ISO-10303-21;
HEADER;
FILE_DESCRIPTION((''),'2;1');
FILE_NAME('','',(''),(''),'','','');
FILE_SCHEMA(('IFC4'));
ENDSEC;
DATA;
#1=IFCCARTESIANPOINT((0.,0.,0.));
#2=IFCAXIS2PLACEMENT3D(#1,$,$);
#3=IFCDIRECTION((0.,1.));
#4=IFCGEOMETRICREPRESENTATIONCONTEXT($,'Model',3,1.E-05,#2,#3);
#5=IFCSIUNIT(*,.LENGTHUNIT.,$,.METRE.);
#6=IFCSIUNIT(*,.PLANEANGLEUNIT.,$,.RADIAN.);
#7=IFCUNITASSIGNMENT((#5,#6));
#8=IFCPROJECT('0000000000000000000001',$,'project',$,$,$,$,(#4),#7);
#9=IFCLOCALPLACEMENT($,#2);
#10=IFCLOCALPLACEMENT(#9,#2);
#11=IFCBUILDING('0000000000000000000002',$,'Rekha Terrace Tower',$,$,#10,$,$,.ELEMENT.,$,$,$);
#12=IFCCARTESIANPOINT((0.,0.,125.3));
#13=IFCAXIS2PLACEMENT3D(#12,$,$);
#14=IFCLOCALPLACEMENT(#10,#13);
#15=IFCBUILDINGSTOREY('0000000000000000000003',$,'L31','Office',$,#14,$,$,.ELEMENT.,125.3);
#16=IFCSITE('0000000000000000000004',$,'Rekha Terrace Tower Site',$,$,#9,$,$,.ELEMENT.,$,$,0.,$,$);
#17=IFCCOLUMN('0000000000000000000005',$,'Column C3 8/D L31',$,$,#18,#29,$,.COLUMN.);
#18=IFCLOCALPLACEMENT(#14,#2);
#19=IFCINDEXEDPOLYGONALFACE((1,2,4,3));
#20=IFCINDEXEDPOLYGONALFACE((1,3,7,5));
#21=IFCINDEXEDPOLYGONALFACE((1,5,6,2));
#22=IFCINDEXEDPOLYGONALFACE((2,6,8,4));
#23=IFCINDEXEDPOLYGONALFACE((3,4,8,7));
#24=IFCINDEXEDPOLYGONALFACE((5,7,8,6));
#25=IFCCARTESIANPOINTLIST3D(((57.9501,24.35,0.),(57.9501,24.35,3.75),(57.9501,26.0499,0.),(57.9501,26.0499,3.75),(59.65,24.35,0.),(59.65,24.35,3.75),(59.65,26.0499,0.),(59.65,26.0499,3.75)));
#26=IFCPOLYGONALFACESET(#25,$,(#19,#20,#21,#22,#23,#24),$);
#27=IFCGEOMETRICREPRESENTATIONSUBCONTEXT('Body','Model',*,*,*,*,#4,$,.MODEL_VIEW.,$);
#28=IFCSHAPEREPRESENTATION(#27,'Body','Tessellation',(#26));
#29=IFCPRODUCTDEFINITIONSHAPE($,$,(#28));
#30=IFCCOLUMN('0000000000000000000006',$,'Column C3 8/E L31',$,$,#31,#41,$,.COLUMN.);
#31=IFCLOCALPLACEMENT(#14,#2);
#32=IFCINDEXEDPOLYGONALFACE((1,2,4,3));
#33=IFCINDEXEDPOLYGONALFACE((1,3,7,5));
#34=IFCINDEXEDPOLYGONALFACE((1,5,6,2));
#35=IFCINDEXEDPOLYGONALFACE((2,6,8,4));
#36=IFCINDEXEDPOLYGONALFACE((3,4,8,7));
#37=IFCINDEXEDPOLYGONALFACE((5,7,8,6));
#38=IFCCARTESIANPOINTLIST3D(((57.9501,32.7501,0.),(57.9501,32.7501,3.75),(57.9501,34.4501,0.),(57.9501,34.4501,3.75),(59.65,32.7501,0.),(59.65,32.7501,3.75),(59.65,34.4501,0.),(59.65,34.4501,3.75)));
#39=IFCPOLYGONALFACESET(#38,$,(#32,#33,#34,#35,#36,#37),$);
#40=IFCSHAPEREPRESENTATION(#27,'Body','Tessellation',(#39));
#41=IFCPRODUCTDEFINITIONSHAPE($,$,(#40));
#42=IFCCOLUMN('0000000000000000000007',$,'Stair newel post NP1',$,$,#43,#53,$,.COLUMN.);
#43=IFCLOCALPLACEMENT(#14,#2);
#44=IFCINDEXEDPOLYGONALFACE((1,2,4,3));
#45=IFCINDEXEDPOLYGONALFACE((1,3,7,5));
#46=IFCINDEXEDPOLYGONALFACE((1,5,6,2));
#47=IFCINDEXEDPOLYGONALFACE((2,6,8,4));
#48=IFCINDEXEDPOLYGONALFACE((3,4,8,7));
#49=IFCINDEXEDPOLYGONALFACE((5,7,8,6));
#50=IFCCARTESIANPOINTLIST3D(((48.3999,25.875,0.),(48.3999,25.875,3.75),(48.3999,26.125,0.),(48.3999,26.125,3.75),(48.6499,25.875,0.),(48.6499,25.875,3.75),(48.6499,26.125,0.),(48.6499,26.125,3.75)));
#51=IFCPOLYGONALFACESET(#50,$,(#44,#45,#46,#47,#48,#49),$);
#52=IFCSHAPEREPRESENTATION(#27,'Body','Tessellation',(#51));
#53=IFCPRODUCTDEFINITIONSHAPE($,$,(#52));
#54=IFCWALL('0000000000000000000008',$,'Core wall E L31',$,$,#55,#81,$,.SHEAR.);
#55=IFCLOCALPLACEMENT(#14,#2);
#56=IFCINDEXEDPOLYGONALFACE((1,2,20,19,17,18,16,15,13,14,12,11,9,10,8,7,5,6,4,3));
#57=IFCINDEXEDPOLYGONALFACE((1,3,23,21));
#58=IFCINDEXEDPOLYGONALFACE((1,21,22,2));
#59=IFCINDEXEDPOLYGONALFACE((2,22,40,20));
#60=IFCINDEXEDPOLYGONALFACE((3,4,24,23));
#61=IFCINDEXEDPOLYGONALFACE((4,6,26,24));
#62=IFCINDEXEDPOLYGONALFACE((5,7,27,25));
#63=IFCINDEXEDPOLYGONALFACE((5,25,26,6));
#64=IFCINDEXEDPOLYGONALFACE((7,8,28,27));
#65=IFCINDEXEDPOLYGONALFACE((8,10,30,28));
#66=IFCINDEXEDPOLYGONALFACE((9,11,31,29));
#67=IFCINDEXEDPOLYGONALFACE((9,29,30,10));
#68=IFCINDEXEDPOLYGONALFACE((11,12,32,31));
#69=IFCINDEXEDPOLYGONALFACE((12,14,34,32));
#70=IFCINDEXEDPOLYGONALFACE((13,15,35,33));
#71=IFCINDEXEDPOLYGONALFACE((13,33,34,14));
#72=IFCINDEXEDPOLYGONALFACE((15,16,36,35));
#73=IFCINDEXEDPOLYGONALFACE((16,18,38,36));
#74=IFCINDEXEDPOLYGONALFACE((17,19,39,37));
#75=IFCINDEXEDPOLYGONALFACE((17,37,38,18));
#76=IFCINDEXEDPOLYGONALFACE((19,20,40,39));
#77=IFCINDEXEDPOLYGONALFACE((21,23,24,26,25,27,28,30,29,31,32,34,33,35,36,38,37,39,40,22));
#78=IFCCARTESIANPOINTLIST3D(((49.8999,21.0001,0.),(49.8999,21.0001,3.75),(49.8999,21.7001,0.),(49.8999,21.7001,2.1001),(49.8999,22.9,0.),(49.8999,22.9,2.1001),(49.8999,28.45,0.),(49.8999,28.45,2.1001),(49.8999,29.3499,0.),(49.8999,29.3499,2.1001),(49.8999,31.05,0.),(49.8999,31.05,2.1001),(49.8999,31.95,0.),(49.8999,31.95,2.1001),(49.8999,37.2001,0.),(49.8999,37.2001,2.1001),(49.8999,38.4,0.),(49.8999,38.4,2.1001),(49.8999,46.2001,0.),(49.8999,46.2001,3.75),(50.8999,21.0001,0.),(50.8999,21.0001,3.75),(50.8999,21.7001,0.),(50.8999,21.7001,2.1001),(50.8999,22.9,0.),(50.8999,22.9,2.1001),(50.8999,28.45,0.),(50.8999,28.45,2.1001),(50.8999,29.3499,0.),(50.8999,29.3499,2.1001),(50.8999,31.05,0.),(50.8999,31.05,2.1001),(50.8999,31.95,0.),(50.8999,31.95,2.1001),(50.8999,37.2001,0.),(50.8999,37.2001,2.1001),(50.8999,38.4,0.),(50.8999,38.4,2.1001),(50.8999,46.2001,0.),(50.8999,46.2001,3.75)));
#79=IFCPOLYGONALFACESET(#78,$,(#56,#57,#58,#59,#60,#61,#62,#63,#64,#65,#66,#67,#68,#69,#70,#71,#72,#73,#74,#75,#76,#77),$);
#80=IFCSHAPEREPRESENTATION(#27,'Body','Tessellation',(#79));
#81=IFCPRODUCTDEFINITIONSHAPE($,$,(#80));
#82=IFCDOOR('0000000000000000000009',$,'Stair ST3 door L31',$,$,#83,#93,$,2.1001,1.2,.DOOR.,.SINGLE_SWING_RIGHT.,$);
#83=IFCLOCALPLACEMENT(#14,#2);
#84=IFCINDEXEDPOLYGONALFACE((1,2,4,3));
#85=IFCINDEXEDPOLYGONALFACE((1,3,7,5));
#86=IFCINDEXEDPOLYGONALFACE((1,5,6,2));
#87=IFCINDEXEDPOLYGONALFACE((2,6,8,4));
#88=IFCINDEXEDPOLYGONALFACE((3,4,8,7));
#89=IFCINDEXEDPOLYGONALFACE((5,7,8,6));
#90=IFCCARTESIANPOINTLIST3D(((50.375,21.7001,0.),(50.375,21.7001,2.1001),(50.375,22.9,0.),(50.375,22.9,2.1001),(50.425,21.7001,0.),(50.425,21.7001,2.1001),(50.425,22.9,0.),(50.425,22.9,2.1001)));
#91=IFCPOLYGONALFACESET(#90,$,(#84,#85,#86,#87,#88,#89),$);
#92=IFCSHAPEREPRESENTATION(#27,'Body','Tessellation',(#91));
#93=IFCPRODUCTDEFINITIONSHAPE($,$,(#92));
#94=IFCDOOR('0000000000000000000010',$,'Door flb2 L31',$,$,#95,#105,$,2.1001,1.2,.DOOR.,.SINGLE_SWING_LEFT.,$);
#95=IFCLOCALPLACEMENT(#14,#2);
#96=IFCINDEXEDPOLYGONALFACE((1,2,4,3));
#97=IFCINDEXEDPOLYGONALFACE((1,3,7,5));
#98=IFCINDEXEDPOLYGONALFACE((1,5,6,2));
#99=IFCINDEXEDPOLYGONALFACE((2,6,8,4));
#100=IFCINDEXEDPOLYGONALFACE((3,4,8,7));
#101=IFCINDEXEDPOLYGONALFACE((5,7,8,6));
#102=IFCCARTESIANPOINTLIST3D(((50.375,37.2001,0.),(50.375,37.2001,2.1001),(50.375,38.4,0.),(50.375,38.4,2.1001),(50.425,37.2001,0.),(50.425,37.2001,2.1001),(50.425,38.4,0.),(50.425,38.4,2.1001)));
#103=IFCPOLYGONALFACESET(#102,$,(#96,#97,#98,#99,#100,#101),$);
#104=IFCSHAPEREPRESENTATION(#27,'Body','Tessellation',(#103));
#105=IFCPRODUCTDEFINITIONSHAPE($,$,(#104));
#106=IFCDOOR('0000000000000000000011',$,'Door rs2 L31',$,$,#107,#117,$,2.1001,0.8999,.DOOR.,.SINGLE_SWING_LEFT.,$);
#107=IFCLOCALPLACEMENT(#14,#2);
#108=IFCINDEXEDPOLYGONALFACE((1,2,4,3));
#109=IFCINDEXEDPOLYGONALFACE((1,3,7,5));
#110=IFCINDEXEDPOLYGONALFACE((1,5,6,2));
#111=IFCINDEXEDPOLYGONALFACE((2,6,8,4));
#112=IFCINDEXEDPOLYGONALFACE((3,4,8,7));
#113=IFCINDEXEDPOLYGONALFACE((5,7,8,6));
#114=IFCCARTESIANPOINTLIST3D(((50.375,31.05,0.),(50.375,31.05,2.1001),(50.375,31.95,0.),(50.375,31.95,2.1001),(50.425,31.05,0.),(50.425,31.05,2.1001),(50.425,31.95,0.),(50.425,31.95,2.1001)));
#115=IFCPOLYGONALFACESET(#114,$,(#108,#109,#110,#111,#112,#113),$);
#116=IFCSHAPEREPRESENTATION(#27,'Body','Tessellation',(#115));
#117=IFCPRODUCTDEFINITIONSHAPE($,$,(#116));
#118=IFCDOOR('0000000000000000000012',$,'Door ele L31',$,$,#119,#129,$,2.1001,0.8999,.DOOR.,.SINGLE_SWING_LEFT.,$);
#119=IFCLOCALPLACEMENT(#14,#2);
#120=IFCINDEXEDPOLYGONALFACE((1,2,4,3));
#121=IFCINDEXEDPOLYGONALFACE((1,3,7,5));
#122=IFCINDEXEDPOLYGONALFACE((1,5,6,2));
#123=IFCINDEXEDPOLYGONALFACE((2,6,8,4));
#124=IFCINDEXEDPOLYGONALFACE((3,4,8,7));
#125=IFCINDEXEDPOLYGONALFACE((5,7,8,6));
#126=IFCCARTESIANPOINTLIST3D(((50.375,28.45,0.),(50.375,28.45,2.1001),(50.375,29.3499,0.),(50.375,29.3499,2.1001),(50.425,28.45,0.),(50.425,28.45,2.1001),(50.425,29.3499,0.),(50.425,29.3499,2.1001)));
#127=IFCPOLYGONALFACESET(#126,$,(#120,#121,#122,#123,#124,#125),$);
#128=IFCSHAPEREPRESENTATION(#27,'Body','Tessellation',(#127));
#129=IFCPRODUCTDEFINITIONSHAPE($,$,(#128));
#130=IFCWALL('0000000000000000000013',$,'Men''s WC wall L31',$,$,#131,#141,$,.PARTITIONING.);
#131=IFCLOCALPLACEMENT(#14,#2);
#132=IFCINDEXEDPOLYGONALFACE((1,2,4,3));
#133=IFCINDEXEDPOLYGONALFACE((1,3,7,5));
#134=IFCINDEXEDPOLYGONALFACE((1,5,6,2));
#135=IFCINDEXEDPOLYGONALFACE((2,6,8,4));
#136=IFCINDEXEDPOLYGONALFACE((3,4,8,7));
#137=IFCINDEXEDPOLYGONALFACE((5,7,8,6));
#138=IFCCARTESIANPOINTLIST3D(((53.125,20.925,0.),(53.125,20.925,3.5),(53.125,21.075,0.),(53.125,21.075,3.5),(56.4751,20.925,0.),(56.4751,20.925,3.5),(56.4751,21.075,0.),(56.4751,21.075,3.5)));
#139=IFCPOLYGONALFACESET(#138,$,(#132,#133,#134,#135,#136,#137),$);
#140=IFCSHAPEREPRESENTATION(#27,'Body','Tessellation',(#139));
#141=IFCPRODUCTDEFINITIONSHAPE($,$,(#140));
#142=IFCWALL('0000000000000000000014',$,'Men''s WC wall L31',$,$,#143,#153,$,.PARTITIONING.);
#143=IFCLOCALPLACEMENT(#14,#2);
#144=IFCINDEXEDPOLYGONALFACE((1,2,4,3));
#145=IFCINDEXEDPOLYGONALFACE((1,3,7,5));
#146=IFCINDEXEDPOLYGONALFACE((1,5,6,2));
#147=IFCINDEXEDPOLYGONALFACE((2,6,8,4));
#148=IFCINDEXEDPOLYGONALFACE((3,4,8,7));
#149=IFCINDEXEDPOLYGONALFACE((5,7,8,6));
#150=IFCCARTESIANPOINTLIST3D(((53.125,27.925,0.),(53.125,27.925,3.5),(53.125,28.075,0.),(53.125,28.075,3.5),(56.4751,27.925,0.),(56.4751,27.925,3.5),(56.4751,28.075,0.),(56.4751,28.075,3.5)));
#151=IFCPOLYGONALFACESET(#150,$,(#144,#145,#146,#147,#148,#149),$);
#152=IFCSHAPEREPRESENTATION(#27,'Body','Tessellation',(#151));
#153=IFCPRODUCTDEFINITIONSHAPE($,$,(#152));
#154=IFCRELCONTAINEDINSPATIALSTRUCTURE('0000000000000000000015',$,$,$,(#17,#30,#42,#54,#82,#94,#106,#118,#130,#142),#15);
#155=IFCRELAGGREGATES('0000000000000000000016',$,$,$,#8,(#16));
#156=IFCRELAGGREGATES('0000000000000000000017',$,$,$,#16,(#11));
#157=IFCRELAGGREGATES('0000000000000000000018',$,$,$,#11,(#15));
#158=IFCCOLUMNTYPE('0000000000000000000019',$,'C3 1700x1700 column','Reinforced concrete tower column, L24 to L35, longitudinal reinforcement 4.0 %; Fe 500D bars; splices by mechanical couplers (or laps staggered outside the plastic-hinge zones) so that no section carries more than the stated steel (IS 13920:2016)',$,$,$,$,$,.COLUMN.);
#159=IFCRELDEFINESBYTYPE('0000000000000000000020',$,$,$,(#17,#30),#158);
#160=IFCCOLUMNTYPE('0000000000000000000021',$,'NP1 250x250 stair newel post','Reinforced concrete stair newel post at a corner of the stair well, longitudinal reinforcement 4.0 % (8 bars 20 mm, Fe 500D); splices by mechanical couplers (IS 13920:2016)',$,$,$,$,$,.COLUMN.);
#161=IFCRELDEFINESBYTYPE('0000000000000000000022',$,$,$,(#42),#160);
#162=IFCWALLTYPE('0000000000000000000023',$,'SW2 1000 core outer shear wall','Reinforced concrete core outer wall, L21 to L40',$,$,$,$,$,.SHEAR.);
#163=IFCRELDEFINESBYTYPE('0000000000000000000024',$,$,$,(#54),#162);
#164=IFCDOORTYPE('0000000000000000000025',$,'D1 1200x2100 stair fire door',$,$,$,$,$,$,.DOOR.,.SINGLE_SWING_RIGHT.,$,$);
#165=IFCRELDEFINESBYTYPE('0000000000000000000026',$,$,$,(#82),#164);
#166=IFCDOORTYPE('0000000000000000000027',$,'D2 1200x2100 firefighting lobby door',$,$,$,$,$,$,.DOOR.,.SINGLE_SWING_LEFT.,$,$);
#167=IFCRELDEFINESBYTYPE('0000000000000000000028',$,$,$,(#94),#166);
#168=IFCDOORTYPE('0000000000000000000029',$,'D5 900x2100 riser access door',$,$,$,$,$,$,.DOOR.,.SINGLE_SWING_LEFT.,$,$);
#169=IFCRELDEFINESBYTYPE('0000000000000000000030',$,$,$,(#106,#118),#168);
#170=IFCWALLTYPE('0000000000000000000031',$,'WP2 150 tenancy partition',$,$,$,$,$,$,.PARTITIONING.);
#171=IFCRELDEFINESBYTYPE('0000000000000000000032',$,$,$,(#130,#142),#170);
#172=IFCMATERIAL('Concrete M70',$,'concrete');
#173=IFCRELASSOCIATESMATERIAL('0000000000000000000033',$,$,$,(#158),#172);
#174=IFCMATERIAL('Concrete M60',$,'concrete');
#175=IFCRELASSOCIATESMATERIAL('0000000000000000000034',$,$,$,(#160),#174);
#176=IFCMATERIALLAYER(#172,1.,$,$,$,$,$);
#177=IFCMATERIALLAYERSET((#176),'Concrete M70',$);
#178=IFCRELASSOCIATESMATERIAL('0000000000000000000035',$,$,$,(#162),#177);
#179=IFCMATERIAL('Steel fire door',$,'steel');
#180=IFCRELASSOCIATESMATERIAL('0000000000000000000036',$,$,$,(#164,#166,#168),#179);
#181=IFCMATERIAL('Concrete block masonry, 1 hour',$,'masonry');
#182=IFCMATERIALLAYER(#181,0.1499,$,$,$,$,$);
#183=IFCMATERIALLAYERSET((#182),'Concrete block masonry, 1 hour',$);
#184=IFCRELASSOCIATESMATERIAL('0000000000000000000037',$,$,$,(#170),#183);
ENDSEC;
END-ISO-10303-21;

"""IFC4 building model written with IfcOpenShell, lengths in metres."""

from ifc_helpers import new_model, si_unit, direction, frame, frame_2d, origin, origin_2d, place, context, subcontext, project, spatial, rectangle, extrude, material, layer, layer_set, material_profile, profile_set, type_object, element, fill, save


model = new_model("IFC4")

# Units and contexts
model_context = context("Model", 3, precision=1e-05, world=origin(), true_north=direction((0.0, 1.0)))
body_context = subcontext(model_context, "Body", "Model", "MODEL_VIEW")
ifc_project = project(units=[si_unit("LENGTHUNIT", "METRE"), si_unit("PLANEANGLEUNIT", "RADIAN")], contexts=[model_context])

# Site, building, storey
site_placement = place(None, origin())
site = spatial("IfcSite", under=ifc_project, at=site_placement, Name="Rekha Terrace Tower Site", CompositionType="ELEMENT", RefElevation=0.0)
building_placement = place(site_placement, origin())
building = spatial("IfcBuilding", under=site, at=building_placement, Name="Rekha Terrace Tower", CompositionType="ELEMENT")
storey_placement = place(building_placement, frame((0.0, 0.0, 125.3)))
storey = spatial("IfcBuildingStorey", under=building, at=storey_placement, Name="L31", Description="Office", CompositionType="ELEMENT", Elevation=125.3)

# Columns
ifc_material_1 = material(Name="Concrete M70", Category="concrete")
ifc_material_profile_1 = material_profile(ifc_material_1, rectangle(XDim=1.7, YDim=1.7, at=origin_2d()), Name="RC 1700x1700")
ifc_profile_set_1 = profile_set([ifc_material_profile_1], Name="Concrete M70")
column_type_1 = type_object("IfcColumnType", Name="C3 1700x1700 column", Description="Reinforced concrete tower column, L24 to L35, longitudinal reinforcement 4.0 %; Fe 500D bars; splices by mechanical couplers (or laps staggered outside the plastic-hinge zones) so that no section carries more than the stated steel (IS 13920:2016)", PredefinedType="COLUMN", material=ifc_profile_set_1)
for number, where, z_axis, x_axis, name in (
    (1, (58.8, 25.2, 0.0), (0.0, 0.0, 1.0), (1.0, 0.0, 0.0), "Column C3 8/D L31"),
    (2, (58.8, 33.6001, 0.0), (0.0, 0.0, 1.0), (1.0, 0.0, 0.0), "Column C3 8/E L31"),
):
    element("IfcColumn", number, at=place(storey_placement, frame(where, z_axis=z_axis, x_axis=x_axis)), inside=storey, type_object=column_type_1, Name=name, PredefinedType="COLUMN", context=body_context, shape_type="SweptSolid", body=[
        extrude(rectangle(XDim=1.7, YDim=1.7, at=origin_2d()), origin(), (0.0, 0.0, 1.0), 3.75),
    ])
ifc_material_2 = material(Name="Concrete M60", Category="concrete")
ifc_material_profile_2 = material_profile(ifc_material_2, rectangle(XDim=0.25, YDim=0.25, at=origin_2d()), Name="RC 250x250")
ifc_profile_set_2 = profile_set([ifc_material_profile_2], Name="Concrete M60")
column_type_2 = type_object("IfcColumnType", Name="NP1 250x250 stair newel post", Description="Reinforced concrete stair newel post at a corner of the stair well, longitudinal reinforcement 4.0 % (8 bars 20 mm, Fe 500D); splices by mechanical couplers (IS 13920:2016)", PredefinedType="COLUMN", material=ifc_profile_set_2)
column_placement = place(storey_placement, frame((48.5249, 26.0, 0.0), z_axis=(0.0, 0.0, 1.0), x_axis=(1.0, 0.0, 0.0)))
element("IfcColumn", 3, at=column_placement, inside=storey, type_object=column_type_2, Name="Stair newel post NP1", PredefinedType="COLUMN", context=body_context, shape_type="SweptSolid", body=[
    extrude(rectangle(XDim=0.25, YDim=0.25, at=origin_2d()), origin(), (0.0, 0.0, 1.0), 3.75),
])

# Wall, openings, doors
ifc_layer_1 = layer(ifc_material_1, 1.0)
ifc_layer_set_1 = layer_set([ifc_layer_1], Name="Concrete M70")
wall_type_1 = type_object("IfcWallType", Name="SW2 1000 core outer shear wall", Description="Reinforced concrete core outer wall, L21 to L40", PredefinedType="SHEAR", material=ifc_layer_set_1)
wall_1_placement = place(storey_placement, frame((50.3999, 21.0, 0.0), z_axis=(0.0, 0.0, 1.0), x_axis=(0.0, 1.0, 0.0)))
wall_1 = element("IfcWall", 4, at=wall_1_placement, inside=storey, type_object=wall_type_1, Name="Core wall E L31", PredefinedType="SHEAR", context=body_context, shape_type="SweptSolid", body=[
    extrude(rectangle(XDim=25.2, YDim=1.0, at=frame_2d((12.6001, 0.0))), origin(), (0.0, 0.0, 1.0), 3.75),
])
opening_1_placement = place(wall_1_placement, frame((16.2, 0.0, 0.0)))
opening_1 = element("IfcOpeningElement", 5, at=opening_1_placement, cuts=wall_1, PredefinedType="OPENING", context=body_context, shape_type="SweptSolid", body=[
    extrude(rectangle(XDim=1.2, YDim=2.1001, at=frame_2d((0.6001, 1.05))), frame((0.0, 0.51, 0.0), z_axis=(0.0, -1.0, 0.0), x_axis=(1.0, 0.0, 0.0)), (0.0, 0.0, 1.0), 1.02),
])
opening_2_placement = place(wall_1_placement, frame((10.05, 0.0, 0.0)))
opening_2 = element("IfcOpeningElement", 6, at=opening_2_placement, cuts=wall_1, PredefinedType="OPENING", context=body_context, shape_type="SweptSolid", body=[
    extrude(rectangle(XDim=0.8999, YDim=2.1001, at=frame_2d((0.45, 1.05))), frame((0.0, 0.51, 0.0), z_axis=(0.0, -1.0, 0.0), x_axis=(1.0, 0.0, 0.0)), (0.0, 0.0, 1.0), 1.02),
])
opening_3_placement = place(wall_1_placement, frame((7.45, 0.0, 0.0)))
opening_3 = element("IfcOpeningElement", 7, at=opening_3_placement, cuts=wall_1, PredefinedType="OPENING", context=body_context, shape_type="SweptSolid", body=[
    extrude(rectangle(XDim=0.8999, YDim=2.1001, at=frame_2d((0.45, 1.05))), frame((0.0, 0.51, 0.0), z_axis=(0.0, -1.0, 0.0), x_axis=(1.0, 0.0, 0.0)), (0.0, 0.0, 1.0), 1.02),
])
opening_4_placement = place(wall_1_placement, frame((0.7, 0.0, 0.0)))
opening_4 = element("IfcOpeningElement", 8, at=opening_4_placement, cuts=wall_1, PredefinedType="OPENING", context=body_context, shape_type="SweptSolid", body=[
    extrude(rectangle(XDim=1.2, YDim=2.1001, at=frame_2d((0.6001, 1.05))), frame((0.0, 0.51, 0.0), z_axis=(0.0, -1.0, 0.0), x_axis=(1.0, 0.0, 0.0)), (0.0, 0.0, 1.0), 1.02),
])
ifc_material_3 = material(Name="Steel fire door", Category="steel")
door_type_1 = type_object("IfcDoorType", Name="D1 1200x2100 stair fire door", OperationType="SINGLE_SWING_RIGHT", PredefinedType="DOOR", material=ifc_material_3)
door_1_placement = place(opening_4_placement, origin())
door_1 = element("IfcDoor", 9, at=door_1_placement, inside=storey, type_object=door_type_1, Name="Stair ST3 door L31", OperationType="SINGLE_SWING_RIGHT", OverallHeight=2.1001, OverallWidth=1.2, PredefinedType="DOOR", context=body_context, shape_type="SweptSolid", body=[
    extrude(rectangle(XDim=1.2, YDim=2.1001, at=frame_2d((0.6001, 1.05))), frame((0.0, 0.0249, 0.0), z_axis=(0.0, -1.0, 0.0), x_axis=(1.0, 0.0, 0.0)), (0.0, 0.0, 1.0), 0.05),
])
fill(opening_4, door_1)
door_type_2 = type_object("IfcDoorType", Name="D2 1200x2100 firefighting lobby door", OperationType="SINGLE_SWING_LEFT", PredefinedType="DOOR", material=ifc_material_3)
door_2_placement = place(opening_1_placement, origin())
door_2 = element("IfcDoor", 10, at=door_2_placement, inside=storey, type_object=door_type_2, Name="Door flb2 L31", OperationType="SINGLE_SWING_LEFT", OverallHeight=2.1001, OverallWidth=1.2, PredefinedType="DOOR", context=body_context, shape_type="SweptSolid", body=[
    extrude(rectangle(XDim=1.2, YDim=2.1001, at=frame_2d((0.6001, 1.05))), frame((0.0, 0.0249, 0.0), z_axis=(0.0, -1.0, 0.0), x_axis=(1.0, 0.0, 0.0)), (0.0, 0.0, 1.0), 0.05),
])
fill(opening_1, door_2)
door_type_3 = type_object("IfcDoorType", Name="D5 900x2100 riser access door", OperationType="SINGLE_SWING_LEFT", PredefinedType="DOOR", material=ifc_material_3)
door_3_placement = place(opening_2_placement, origin())
door_3 = element("IfcDoor", 11, at=door_3_placement, inside=storey, type_object=door_type_3, Name="Door rs2 L31", OperationType="SINGLE_SWING_LEFT", OverallHeight=2.1001, OverallWidth=0.8999, PredefinedType="DOOR", context=body_context, shape_type="SweptSolid", body=[
    extrude(rectangle(XDim=0.8999, YDim=2.1001, at=frame_2d((0.45, 1.05))), frame((0.0, 0.0249, 0.0), z_axis=(0.0, -1.0, 0.0), x_axis=(1.0, 0.0, 0.0)), (0.0, 0.0, 1.0), 0.05),
])
fill(opening_2, door_3)
door_4_placement = place(opening_3_placement, origin())
door_4 = element("IfcDoor", 12, at=door_4_placement, inside=storey, type_object=door_type_3, Name="Door ele L31", OperationType="SINGLE_SWING_LEFT", OverallHeight=2.1001, OverallWidth=0.8999, PredefinedType="DOOR", context=body_context, shape_type="SweptSolid", body=[
    extrude(rectangle(XDim=0.8999, YDim=2.1001, at=frame_2d((0.45, 1.05))), frame((0.0, 0.0249, 0.0), z_axis=(0.0, -1.0, 0.0), x_axis=(1.0, 0.0, 0.0)), (0.0, 0.0, 1.0), 0.05),
])
fill(opening_3, door_4)

# Walls
ifc_material_4 = material(Name="Concrete block masonry, 1 hour", Category="masonry")
ifc_layer_2 = layer(ifc_material_4, 0.1499)
ifc_layer_set_2 = layer_set([ifc_layer_2], Name="Concrete block masonry, 1 hour")
wall_type_2 = type_object("IfcWallType", Name="WP2 150 tenancy partition", PredefinedType="PARTITIONING", material=ifc_layer_set_2)
for number, where, z_axis, x_axis, name in (
    (13, (53.125, 21.0, 0.0), (0.0, 0.0, 1.0), (1.0, 0.0, 0.0), "Men's WC wall L31"),
    (14, (53.125, 28.0, 0.0), (0.0, 0.0, 1.0), (1.0, 0.0, 0.0), "Men's WC wall L31"),
):
    element("IfcWall", number, at=place(storey_placement, frame(where, z_axis=z_axis, x_axis=x_axis)), inside=storey, type_object=wall_type_2, Name=name, PredefinedType="PARTITIONING", context=body_context, shape_type="SweptSolid", body=[
        extrude(rectangle(XDim=3.3501, YDim=0.1499, at=frame_2d((1.675, 0.0))), origin(), (0.0, 0.0, 1.0), 3.5),
    ])

save(model, "model.ifc")
